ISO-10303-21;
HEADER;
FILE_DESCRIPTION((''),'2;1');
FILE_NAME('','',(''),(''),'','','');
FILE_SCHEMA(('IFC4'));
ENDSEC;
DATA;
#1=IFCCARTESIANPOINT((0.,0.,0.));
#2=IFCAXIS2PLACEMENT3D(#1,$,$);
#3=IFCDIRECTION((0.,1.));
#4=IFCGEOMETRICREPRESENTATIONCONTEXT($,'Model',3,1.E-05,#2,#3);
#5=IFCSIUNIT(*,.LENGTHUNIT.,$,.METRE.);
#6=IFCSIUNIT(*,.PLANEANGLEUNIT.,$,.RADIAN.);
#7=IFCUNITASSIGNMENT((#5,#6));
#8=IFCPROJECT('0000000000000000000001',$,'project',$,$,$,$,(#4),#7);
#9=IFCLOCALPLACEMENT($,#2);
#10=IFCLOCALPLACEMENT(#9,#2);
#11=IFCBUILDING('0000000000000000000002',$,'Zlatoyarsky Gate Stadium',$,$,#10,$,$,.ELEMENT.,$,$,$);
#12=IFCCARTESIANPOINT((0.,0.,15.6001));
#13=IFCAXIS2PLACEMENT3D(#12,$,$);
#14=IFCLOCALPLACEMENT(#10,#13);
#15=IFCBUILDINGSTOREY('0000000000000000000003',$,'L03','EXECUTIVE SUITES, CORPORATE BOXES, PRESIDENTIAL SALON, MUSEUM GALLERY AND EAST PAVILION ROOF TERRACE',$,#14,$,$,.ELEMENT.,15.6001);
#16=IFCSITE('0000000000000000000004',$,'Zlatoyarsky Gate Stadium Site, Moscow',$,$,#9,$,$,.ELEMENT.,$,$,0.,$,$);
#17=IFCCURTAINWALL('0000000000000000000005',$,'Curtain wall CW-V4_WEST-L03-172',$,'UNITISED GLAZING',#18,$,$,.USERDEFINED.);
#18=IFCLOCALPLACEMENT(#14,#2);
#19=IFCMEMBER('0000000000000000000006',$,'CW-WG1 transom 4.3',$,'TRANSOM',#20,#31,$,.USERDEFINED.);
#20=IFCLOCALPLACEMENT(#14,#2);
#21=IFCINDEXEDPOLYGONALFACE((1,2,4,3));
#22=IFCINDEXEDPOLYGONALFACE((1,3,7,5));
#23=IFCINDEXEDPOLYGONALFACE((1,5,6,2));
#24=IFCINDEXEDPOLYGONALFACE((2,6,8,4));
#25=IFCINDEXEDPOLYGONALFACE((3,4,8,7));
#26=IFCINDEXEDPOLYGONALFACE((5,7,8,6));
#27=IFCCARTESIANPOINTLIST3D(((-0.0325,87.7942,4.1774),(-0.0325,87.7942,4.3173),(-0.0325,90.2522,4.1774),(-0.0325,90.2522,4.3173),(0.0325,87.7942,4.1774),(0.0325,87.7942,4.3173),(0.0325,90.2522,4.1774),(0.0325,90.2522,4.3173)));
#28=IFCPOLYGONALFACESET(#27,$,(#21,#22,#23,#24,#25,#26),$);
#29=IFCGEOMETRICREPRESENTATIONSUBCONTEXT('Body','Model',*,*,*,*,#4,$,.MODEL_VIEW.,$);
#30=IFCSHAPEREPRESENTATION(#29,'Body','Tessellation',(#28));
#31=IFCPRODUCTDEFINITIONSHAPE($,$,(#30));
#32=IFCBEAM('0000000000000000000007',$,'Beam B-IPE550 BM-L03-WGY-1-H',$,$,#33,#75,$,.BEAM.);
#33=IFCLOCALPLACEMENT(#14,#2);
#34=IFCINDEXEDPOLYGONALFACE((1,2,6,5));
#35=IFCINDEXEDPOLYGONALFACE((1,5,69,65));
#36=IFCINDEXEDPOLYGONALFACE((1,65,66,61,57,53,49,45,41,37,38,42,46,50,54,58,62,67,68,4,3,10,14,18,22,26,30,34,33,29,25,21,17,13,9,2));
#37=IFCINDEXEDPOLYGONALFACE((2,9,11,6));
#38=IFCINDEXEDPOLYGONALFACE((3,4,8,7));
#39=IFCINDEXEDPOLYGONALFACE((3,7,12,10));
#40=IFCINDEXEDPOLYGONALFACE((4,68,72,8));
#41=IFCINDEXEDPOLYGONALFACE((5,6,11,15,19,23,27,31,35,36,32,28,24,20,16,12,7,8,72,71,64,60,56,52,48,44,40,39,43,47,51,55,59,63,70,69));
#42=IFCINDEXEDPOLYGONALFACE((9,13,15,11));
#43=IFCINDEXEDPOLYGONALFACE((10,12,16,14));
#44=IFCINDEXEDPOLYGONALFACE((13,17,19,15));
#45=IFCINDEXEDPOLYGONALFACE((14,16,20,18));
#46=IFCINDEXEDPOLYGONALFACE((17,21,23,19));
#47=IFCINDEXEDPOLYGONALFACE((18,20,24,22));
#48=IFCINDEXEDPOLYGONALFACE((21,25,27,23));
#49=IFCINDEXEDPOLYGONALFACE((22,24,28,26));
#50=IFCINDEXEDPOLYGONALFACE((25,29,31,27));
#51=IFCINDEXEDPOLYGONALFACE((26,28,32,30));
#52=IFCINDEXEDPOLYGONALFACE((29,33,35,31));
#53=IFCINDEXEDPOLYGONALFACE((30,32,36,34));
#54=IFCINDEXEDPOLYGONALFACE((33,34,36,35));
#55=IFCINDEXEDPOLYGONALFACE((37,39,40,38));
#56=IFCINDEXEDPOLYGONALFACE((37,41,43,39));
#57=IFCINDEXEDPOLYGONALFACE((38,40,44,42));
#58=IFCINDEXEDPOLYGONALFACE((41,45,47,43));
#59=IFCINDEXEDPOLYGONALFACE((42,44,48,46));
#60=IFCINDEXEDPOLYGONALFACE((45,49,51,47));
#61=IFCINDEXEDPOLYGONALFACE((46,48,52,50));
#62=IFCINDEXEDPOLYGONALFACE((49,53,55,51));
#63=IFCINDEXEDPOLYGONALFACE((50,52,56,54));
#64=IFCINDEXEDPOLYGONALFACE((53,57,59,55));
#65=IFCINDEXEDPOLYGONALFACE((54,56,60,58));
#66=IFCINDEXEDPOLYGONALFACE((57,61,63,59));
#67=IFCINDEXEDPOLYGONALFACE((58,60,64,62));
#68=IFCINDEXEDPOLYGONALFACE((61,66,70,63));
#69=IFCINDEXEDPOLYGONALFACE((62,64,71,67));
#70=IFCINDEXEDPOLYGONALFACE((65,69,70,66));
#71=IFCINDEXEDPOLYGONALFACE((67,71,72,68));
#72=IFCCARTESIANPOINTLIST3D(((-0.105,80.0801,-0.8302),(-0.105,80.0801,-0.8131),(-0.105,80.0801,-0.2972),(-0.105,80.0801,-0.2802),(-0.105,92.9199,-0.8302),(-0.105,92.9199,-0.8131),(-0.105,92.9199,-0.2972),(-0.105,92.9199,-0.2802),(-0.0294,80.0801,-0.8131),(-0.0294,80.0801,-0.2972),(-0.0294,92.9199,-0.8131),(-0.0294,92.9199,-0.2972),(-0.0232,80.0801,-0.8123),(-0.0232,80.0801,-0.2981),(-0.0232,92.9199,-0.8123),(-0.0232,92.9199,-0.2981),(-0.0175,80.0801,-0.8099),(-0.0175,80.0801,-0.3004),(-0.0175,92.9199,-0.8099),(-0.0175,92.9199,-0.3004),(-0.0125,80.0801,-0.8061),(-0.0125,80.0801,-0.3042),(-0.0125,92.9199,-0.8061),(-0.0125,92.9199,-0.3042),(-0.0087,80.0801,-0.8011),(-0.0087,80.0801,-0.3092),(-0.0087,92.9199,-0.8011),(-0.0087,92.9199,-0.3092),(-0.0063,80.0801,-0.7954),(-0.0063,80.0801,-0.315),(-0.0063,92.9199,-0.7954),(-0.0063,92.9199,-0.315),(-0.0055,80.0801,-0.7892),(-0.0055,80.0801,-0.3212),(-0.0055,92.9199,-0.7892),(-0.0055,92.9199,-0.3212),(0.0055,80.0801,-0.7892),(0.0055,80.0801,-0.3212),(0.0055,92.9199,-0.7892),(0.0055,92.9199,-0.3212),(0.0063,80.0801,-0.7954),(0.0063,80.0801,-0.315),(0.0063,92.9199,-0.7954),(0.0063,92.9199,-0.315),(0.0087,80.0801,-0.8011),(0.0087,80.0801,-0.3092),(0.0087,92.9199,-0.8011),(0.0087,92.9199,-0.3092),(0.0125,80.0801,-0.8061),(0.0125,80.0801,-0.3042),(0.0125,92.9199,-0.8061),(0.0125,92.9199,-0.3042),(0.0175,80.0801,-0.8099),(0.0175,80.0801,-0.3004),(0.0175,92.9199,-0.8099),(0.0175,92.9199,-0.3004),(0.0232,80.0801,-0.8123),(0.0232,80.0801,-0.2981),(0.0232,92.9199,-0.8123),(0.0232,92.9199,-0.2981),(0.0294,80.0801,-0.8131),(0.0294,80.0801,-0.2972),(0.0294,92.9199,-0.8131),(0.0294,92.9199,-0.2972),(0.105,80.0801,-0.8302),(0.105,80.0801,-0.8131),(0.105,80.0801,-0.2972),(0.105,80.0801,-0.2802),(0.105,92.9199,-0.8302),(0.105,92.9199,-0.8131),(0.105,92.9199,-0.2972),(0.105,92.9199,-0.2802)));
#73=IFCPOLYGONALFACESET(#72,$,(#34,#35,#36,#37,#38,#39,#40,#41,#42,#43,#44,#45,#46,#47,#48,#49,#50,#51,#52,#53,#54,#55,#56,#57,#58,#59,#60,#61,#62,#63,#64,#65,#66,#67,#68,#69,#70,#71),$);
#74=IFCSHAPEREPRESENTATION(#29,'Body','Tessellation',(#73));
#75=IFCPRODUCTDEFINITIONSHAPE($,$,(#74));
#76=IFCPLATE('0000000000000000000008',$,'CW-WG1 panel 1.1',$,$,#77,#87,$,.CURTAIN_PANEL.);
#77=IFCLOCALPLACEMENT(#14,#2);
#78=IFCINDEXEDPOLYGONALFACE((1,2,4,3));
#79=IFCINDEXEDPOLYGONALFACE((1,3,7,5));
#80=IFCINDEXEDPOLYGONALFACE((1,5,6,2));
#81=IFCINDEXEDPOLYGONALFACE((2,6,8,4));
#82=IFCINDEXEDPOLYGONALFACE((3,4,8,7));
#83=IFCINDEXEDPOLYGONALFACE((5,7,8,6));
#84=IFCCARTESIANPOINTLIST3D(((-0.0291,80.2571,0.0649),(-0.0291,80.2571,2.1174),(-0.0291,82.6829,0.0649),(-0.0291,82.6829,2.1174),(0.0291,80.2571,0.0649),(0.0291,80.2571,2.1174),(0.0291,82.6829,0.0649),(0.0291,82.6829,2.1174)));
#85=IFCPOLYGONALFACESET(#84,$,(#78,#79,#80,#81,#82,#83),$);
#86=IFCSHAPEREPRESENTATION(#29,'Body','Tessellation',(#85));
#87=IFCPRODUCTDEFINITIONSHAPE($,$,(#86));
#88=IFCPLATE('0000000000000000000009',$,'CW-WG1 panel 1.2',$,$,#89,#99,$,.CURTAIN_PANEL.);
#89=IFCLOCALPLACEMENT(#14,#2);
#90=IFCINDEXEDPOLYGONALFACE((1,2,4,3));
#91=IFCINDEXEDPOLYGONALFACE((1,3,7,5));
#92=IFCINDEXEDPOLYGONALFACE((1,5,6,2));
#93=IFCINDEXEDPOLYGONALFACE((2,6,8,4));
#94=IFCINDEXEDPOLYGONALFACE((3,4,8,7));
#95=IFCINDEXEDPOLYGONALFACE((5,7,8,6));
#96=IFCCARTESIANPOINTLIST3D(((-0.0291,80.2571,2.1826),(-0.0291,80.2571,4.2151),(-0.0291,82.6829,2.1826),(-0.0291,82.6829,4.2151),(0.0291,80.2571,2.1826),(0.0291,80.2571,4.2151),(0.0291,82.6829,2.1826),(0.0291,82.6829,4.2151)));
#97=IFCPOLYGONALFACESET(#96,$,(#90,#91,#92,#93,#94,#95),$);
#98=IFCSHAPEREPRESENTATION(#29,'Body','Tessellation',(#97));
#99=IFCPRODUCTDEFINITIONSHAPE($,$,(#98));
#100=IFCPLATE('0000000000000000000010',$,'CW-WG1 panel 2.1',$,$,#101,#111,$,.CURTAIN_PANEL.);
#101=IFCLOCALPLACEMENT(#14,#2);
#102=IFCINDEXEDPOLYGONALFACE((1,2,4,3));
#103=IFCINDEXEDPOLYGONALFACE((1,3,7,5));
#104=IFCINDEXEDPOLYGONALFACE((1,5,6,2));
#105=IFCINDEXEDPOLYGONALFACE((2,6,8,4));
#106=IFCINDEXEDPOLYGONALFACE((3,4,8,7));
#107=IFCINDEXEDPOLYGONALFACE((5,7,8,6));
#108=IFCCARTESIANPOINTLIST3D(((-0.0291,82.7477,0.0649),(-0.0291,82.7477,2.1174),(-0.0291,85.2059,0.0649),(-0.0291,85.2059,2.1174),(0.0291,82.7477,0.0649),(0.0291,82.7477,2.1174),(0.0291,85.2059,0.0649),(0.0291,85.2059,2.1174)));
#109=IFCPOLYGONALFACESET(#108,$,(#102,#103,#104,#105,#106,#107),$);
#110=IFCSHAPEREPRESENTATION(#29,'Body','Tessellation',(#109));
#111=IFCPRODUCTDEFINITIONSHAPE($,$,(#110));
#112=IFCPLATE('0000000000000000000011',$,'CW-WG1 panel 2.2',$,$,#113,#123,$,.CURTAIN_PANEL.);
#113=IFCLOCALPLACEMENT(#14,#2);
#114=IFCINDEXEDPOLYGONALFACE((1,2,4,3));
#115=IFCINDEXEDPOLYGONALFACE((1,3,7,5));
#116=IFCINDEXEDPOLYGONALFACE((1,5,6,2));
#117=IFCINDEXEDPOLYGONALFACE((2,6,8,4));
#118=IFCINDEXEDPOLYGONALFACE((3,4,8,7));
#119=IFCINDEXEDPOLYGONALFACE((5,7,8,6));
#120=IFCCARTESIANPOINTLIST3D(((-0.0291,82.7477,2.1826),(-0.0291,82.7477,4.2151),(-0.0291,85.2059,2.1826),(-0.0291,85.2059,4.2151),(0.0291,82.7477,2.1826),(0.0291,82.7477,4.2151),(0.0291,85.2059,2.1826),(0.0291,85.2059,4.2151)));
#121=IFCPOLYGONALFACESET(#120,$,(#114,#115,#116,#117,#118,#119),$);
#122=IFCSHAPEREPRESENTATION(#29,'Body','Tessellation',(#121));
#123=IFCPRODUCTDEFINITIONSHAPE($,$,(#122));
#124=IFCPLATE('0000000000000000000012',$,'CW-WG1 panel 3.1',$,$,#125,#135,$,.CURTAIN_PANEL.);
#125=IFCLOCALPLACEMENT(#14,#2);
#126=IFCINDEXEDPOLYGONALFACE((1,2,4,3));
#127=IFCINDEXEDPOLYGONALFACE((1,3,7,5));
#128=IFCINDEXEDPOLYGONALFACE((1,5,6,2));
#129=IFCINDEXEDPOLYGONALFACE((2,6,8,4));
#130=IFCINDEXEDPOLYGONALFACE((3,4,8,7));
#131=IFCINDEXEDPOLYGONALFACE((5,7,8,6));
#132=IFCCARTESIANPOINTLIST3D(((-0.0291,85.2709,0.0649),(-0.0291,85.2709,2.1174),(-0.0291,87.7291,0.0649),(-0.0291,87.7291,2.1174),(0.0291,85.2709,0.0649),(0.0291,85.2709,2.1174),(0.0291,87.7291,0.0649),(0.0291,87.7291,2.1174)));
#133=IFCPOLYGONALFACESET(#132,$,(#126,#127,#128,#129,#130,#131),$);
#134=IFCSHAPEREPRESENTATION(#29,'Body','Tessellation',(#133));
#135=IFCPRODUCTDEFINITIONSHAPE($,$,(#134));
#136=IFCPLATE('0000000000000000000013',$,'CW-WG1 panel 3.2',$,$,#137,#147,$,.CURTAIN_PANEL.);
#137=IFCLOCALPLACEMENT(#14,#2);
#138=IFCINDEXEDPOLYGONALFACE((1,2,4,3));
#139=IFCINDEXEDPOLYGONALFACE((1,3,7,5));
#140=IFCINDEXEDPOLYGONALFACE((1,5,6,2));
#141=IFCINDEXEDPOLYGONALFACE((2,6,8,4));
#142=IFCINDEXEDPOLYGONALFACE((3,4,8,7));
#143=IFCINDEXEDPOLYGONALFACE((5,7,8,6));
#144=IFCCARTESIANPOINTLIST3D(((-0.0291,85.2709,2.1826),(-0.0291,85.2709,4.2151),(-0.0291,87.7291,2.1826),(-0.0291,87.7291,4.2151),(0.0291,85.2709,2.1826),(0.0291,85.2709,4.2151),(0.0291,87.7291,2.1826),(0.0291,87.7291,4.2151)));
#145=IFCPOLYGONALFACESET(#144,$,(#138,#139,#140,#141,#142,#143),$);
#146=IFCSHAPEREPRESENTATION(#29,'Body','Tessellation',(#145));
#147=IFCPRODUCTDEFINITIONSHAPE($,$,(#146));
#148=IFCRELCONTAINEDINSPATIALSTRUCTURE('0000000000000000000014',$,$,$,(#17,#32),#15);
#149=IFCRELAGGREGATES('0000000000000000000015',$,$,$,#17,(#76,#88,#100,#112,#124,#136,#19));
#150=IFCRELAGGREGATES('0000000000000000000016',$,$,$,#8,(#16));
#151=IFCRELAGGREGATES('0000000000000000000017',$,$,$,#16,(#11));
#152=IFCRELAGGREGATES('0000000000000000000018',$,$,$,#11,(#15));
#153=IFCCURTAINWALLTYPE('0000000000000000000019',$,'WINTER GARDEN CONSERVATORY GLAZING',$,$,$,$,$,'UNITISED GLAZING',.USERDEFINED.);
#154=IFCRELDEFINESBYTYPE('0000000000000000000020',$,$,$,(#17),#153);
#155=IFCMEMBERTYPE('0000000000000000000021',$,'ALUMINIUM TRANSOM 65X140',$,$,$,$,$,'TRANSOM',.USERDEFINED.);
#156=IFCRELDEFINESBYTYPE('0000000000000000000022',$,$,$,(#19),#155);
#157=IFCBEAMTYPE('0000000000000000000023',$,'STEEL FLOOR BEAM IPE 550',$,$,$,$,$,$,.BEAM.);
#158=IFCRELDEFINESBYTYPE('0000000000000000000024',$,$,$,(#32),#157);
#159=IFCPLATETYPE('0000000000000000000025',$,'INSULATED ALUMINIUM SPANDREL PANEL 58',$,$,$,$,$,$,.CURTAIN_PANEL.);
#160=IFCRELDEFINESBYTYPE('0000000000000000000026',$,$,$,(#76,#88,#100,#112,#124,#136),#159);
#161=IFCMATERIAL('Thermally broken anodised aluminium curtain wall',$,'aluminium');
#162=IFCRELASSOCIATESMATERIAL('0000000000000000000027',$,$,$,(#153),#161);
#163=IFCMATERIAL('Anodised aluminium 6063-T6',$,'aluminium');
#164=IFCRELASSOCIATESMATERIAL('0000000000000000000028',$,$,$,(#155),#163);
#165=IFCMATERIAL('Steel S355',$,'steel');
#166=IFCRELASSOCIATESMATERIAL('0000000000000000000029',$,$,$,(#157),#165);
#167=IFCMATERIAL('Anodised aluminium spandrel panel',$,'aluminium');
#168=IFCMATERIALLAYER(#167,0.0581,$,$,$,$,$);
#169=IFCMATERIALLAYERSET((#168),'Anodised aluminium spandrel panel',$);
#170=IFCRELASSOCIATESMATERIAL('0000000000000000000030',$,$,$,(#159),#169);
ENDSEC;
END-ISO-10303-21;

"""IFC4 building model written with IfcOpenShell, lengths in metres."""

from ifc_helpers import new_model, si_unit, direction, frame, origin, origin_2d, place, context, subcontext, project, spatial, rectangle, i_section, extrude, material, layer, layer_set, material_profile, profile_set, type_object, element, aggregate, save


model = new_model("IFC4")

# Units and contexts
model_context = context("Model", 3, precision=1e-05, world=origin(), true_north=direction((0.0, 1.0)))
body_context = subcontext(model_context, "Body", "Model", "MODEL_VIEW")
ifc_project = project(units=[si_unit("LENGTHUNIT", "METRE"), si_unit("PLANEANGLEUNIT", "RADIAN")], contexts=[model_context])

# Site, building, storey
site_placement = place(None, origin())
site = spatial("IfcSite", under=ifc_project, at=site_placement, Name="Zlatoyarsky Gate Stadium Site, Moscow", CompositionType="ELEMENT", RefElevation=0.0)
building_placement = place(site_placement, origin())
building = spatial("IfcBuilding", under=site, at=building_placement, Name="Zlatoyarsky Gate Stadium", CompositionType="ELEMENT")
storey_placement = place(building_placement, frame((0.0, 0.0, 15.6001)))
storey = spatial("IfcBuildingStorey", under=building, at=storey_placement, Name="L03", Description="EXECUTIVE SUITES, CORPORATE BOXES, PRESIDENTIAL SALON, MUSEUM GALLERY AND EAST PAVILION ROOF TERRACE", CompositionType="ELEMENT", Elevation=15.6001)

# Curtain wall, member
ifc_material_1 = material(Name="Thermally broken anodised aluminium curtain wall", Category="aluminium")
curtain_wall_type = type_object("IfcCurtainWallType", Name="WINTER GARDEN CONSERVATORY GLAZING", ElementType="UNITISED GLAZING", PredefinedType="USERDEFINED", material=ifc_material_1)
curtain_wall_placement = place(storey_placement, origin())
curtain_wall = element("IfcCurtainWall", 1, at=curtain_wall_placement, inside=storey, type_object=curtain_wall_type, Name="Curtain wall CW-V4_WEST-L03-172", ObjectType="UNITISED GLAZING", PredefinedType="USERDEFINED")
ifc_material_2 = material(Name="Anodised aluminium 6063-T6", Category="aluminium")
ifc_material_profile_1 = material_profile(ifc_material_2, rectangle(XDim=0.0649, YDim=0.1399, at=origin_2d()), Name="ALU 65X140")
ifc_profile_set_1 = profile_set([ifc_material_profile_1], Name="Anodised aluminium 6063-T6")
member_type_1 = type_object("IfcMemberType", Name="ALUMINIUM TRANSOM 65X140", ElementType="TRANSOM", PredefinedType="USERDEFINED", material=ifc_profile_set_1)
member_1_placement = place(storey_placement, frame((0.0, 87.7942, 4.2473), z_axis=(0.0, 1.0, 0.0), x_axis=(-1.0, 0.0, 0.0)))
member_1 = element("IfcMember", 2, at=member_1_placement, type_object=member_type_1, Name="CW-WG1 transom 4.3", ObjectType="TRANSOM", PredefinedType="USERDEFINED", context=body_context, shape_type="SweptSolid", body=[
    extrude(rectangle(XDim=0.0649, YDim=0.1399, at=origin_2d()), origin(), (0.0, 0.0, 1.0), 2.458),
])

# Beam
ifc_material_3 = material(Name="Steel S355", Category="steel")
ifc_material_profile_2 = material_profile(ifc_material_3, i_section(OverallWidth=0.21, OverallDepth=0.55, WebThickness=0.011, FlangeThickness=0.0171, FilletRadius=0.0239, at=origin_2d()), Name="IPE 550")
ifc_profile_set_2 = profile_set([ifc_material_profile_2], Name="Steel S355")
beam_type = type_object("IfcBeamType", Name="STEEL FLOOR BEAM IPE 550", PredefinedType="BEAM", material=ifc_profile_set_2)
beam_placement = place(storey_placement, frame((0.0, 80.0801, -0.5552), z_axis=(0.0, 1.0, 0.0), x_axis=(-1.0, 0.0, 0.0)))
element("IfcBeam", 3, at=beam_placement, inside=storey, type_object=beam_type, Name="Beam B-IPE550 BM-L03-WGY-1-H", PredefinedType="BEAM", context=body_context, shape_type="SweptSolid", body=[
    extrude(i_section(OverallWidth=0.21, OverallDepth=0.55, WebThickness=0.011, FlangeThickness=0.0171, FilletRadius=0.0239, at=origin_2d()), origin(), (0.0, 0.0, 1.0), 12.8398),
])

# Plates
ifc_material_4 = material(Name="Anodised aluminium spandrel panel", Category="aluminium")
ifc_layer = layer(ifc_material_4, 0.0581)
ifc_layer_set = layer_set([ifc_layer], Name="Anodised aluminium spandrel panel")
plate_type = type_object("IfcPlateType", Name="INSULATED ALUMINIUM SPANDREL PANEL 58", PredefinedType="CURTAIN_PANEL", material=ifc_layer_set)
plate_1_placement = place(storey_placement, frame((0.0, 81.47, 0.0649), z_axis=(0.0, 0.0, 1.0), x_axis=(0.0, 1.0, 0.0)))
plate_1 = element("IfcPlate", 4, at=plate_1_placement, type_object=plate_type, Name="CW-WG1 panel 1.1", PredefinedType="CURTAIN_PANEL", context=body_context, shape_type="SweptSolid", body=[
    extrude(rectangle(XDim=2.4258, YDim=0.0581, at=origin_2d()), origin(), (0.0, 0.0, 1.0), 2.0525),
])
plate_2_placement = place(storey_placement, frame((0.0, 81.47, 2.1826), z_axis=(0.0, 0.0, 1.0), x_axis=(0.0, 1.0, 0.0)))
plate_2 = element("IfcPlate", 5, at=plate_2_placement, type_object=plate_type, Name="CW-WG1 panel 1.2", PredefinedType="CURTAIN_PANEL", context=body_context, shape_type="SweptSolid", body=[
    extrude(rectangle(XDim=2.4258, YDim=0.0581, at=origin_2d()), origin(), (0.0, 0.0, 1.0), 2.0325),
])
plate_3_placement = place(storey_placement, frame((0.0, 83.9768, 0.0649), z_axis=(0.0, 0.0, 1.0), x_axis=(0.0, 1.0, 0.0)))
plate_3 = element("IfcPlate", 6, at=plate_3_placement, type_object=plate_type, Name="CW-WG1 panel 2.1", PredefinedType="CURTAIN_PANEL", context=body_context, shape_type="SweptSolid", body=[
    extrude(rectangle(XDim=2.4583, YDim=0.0581, at=origin_2d()), origin(), (0.0, 0.0, 1.0), 2.0525),
])
plate_4_placement = place(storey_placement, frame((0.0, 83.9768, 2.1826), z_axis=(0.0, 0.0, 1.0), x_axis=(0.0, 1.0, 0.0)))
plate_4 = element("IfcPlate", 7, at=plate_4_placement, type_object=plate_type, Name="CW-WG1 panel 2.2", PredefinedType="CURTAIN_PANEL", context=body_context, shape_type="SweptSolid", body=[
    extrude(rectangle(XDim=2.4583, YDim=0.0581, at=origin_2d()), origin(), (0.0, 0.0, 1.0), 2.0325),
])
plate_5_placement = place(storey_placement, frame((0.0, 86.5, 0.0649), z_axis=(0.0, 0.0, 1.0), x_axis=(0.0, 1.0, 0.0)))
plate_5 = element("IfcPlate", 8, at=plate_5_placement, type_object=plate_type, Name="CW-WG1 panel 3.1", PredefinedType="CURTAIN_PANEL", context=body_context, shape_type="SweptSolid", body=[
    extrude(rectangle(XDim=2.4583, YDim=0.0581, at=origin_2d()), origin(), (0.0, 0.0, 1.0), 2.0525),
])
plate_6_placement = place(storey_placement, frame((0.0, 86.5, 2.1826), z_axis=(0.0, 0.0, 1.0), x_axis=(0.0, 1.0, 0.0)))
plate_6 = element("IfcPlate", 9, at=plate_6_placement, type_object=plate_type, Name="CW-WG1 panel 3.2", PredefinedType="CURTAIN_PANEL", context=body_context, shape_type="SweptSolid", body=[
    extrude(rectangle(XDim=2.4583, YDim=0.0581, at=origin_2d()), origin(), (0.0, 0.0, 1.0), 2.0325),
])
aggregate(curtain_wall, [plate_1, plate_2, plate_3, plate_4, plate_5, plate_6, member_1])

save(model, "model.ifc")
